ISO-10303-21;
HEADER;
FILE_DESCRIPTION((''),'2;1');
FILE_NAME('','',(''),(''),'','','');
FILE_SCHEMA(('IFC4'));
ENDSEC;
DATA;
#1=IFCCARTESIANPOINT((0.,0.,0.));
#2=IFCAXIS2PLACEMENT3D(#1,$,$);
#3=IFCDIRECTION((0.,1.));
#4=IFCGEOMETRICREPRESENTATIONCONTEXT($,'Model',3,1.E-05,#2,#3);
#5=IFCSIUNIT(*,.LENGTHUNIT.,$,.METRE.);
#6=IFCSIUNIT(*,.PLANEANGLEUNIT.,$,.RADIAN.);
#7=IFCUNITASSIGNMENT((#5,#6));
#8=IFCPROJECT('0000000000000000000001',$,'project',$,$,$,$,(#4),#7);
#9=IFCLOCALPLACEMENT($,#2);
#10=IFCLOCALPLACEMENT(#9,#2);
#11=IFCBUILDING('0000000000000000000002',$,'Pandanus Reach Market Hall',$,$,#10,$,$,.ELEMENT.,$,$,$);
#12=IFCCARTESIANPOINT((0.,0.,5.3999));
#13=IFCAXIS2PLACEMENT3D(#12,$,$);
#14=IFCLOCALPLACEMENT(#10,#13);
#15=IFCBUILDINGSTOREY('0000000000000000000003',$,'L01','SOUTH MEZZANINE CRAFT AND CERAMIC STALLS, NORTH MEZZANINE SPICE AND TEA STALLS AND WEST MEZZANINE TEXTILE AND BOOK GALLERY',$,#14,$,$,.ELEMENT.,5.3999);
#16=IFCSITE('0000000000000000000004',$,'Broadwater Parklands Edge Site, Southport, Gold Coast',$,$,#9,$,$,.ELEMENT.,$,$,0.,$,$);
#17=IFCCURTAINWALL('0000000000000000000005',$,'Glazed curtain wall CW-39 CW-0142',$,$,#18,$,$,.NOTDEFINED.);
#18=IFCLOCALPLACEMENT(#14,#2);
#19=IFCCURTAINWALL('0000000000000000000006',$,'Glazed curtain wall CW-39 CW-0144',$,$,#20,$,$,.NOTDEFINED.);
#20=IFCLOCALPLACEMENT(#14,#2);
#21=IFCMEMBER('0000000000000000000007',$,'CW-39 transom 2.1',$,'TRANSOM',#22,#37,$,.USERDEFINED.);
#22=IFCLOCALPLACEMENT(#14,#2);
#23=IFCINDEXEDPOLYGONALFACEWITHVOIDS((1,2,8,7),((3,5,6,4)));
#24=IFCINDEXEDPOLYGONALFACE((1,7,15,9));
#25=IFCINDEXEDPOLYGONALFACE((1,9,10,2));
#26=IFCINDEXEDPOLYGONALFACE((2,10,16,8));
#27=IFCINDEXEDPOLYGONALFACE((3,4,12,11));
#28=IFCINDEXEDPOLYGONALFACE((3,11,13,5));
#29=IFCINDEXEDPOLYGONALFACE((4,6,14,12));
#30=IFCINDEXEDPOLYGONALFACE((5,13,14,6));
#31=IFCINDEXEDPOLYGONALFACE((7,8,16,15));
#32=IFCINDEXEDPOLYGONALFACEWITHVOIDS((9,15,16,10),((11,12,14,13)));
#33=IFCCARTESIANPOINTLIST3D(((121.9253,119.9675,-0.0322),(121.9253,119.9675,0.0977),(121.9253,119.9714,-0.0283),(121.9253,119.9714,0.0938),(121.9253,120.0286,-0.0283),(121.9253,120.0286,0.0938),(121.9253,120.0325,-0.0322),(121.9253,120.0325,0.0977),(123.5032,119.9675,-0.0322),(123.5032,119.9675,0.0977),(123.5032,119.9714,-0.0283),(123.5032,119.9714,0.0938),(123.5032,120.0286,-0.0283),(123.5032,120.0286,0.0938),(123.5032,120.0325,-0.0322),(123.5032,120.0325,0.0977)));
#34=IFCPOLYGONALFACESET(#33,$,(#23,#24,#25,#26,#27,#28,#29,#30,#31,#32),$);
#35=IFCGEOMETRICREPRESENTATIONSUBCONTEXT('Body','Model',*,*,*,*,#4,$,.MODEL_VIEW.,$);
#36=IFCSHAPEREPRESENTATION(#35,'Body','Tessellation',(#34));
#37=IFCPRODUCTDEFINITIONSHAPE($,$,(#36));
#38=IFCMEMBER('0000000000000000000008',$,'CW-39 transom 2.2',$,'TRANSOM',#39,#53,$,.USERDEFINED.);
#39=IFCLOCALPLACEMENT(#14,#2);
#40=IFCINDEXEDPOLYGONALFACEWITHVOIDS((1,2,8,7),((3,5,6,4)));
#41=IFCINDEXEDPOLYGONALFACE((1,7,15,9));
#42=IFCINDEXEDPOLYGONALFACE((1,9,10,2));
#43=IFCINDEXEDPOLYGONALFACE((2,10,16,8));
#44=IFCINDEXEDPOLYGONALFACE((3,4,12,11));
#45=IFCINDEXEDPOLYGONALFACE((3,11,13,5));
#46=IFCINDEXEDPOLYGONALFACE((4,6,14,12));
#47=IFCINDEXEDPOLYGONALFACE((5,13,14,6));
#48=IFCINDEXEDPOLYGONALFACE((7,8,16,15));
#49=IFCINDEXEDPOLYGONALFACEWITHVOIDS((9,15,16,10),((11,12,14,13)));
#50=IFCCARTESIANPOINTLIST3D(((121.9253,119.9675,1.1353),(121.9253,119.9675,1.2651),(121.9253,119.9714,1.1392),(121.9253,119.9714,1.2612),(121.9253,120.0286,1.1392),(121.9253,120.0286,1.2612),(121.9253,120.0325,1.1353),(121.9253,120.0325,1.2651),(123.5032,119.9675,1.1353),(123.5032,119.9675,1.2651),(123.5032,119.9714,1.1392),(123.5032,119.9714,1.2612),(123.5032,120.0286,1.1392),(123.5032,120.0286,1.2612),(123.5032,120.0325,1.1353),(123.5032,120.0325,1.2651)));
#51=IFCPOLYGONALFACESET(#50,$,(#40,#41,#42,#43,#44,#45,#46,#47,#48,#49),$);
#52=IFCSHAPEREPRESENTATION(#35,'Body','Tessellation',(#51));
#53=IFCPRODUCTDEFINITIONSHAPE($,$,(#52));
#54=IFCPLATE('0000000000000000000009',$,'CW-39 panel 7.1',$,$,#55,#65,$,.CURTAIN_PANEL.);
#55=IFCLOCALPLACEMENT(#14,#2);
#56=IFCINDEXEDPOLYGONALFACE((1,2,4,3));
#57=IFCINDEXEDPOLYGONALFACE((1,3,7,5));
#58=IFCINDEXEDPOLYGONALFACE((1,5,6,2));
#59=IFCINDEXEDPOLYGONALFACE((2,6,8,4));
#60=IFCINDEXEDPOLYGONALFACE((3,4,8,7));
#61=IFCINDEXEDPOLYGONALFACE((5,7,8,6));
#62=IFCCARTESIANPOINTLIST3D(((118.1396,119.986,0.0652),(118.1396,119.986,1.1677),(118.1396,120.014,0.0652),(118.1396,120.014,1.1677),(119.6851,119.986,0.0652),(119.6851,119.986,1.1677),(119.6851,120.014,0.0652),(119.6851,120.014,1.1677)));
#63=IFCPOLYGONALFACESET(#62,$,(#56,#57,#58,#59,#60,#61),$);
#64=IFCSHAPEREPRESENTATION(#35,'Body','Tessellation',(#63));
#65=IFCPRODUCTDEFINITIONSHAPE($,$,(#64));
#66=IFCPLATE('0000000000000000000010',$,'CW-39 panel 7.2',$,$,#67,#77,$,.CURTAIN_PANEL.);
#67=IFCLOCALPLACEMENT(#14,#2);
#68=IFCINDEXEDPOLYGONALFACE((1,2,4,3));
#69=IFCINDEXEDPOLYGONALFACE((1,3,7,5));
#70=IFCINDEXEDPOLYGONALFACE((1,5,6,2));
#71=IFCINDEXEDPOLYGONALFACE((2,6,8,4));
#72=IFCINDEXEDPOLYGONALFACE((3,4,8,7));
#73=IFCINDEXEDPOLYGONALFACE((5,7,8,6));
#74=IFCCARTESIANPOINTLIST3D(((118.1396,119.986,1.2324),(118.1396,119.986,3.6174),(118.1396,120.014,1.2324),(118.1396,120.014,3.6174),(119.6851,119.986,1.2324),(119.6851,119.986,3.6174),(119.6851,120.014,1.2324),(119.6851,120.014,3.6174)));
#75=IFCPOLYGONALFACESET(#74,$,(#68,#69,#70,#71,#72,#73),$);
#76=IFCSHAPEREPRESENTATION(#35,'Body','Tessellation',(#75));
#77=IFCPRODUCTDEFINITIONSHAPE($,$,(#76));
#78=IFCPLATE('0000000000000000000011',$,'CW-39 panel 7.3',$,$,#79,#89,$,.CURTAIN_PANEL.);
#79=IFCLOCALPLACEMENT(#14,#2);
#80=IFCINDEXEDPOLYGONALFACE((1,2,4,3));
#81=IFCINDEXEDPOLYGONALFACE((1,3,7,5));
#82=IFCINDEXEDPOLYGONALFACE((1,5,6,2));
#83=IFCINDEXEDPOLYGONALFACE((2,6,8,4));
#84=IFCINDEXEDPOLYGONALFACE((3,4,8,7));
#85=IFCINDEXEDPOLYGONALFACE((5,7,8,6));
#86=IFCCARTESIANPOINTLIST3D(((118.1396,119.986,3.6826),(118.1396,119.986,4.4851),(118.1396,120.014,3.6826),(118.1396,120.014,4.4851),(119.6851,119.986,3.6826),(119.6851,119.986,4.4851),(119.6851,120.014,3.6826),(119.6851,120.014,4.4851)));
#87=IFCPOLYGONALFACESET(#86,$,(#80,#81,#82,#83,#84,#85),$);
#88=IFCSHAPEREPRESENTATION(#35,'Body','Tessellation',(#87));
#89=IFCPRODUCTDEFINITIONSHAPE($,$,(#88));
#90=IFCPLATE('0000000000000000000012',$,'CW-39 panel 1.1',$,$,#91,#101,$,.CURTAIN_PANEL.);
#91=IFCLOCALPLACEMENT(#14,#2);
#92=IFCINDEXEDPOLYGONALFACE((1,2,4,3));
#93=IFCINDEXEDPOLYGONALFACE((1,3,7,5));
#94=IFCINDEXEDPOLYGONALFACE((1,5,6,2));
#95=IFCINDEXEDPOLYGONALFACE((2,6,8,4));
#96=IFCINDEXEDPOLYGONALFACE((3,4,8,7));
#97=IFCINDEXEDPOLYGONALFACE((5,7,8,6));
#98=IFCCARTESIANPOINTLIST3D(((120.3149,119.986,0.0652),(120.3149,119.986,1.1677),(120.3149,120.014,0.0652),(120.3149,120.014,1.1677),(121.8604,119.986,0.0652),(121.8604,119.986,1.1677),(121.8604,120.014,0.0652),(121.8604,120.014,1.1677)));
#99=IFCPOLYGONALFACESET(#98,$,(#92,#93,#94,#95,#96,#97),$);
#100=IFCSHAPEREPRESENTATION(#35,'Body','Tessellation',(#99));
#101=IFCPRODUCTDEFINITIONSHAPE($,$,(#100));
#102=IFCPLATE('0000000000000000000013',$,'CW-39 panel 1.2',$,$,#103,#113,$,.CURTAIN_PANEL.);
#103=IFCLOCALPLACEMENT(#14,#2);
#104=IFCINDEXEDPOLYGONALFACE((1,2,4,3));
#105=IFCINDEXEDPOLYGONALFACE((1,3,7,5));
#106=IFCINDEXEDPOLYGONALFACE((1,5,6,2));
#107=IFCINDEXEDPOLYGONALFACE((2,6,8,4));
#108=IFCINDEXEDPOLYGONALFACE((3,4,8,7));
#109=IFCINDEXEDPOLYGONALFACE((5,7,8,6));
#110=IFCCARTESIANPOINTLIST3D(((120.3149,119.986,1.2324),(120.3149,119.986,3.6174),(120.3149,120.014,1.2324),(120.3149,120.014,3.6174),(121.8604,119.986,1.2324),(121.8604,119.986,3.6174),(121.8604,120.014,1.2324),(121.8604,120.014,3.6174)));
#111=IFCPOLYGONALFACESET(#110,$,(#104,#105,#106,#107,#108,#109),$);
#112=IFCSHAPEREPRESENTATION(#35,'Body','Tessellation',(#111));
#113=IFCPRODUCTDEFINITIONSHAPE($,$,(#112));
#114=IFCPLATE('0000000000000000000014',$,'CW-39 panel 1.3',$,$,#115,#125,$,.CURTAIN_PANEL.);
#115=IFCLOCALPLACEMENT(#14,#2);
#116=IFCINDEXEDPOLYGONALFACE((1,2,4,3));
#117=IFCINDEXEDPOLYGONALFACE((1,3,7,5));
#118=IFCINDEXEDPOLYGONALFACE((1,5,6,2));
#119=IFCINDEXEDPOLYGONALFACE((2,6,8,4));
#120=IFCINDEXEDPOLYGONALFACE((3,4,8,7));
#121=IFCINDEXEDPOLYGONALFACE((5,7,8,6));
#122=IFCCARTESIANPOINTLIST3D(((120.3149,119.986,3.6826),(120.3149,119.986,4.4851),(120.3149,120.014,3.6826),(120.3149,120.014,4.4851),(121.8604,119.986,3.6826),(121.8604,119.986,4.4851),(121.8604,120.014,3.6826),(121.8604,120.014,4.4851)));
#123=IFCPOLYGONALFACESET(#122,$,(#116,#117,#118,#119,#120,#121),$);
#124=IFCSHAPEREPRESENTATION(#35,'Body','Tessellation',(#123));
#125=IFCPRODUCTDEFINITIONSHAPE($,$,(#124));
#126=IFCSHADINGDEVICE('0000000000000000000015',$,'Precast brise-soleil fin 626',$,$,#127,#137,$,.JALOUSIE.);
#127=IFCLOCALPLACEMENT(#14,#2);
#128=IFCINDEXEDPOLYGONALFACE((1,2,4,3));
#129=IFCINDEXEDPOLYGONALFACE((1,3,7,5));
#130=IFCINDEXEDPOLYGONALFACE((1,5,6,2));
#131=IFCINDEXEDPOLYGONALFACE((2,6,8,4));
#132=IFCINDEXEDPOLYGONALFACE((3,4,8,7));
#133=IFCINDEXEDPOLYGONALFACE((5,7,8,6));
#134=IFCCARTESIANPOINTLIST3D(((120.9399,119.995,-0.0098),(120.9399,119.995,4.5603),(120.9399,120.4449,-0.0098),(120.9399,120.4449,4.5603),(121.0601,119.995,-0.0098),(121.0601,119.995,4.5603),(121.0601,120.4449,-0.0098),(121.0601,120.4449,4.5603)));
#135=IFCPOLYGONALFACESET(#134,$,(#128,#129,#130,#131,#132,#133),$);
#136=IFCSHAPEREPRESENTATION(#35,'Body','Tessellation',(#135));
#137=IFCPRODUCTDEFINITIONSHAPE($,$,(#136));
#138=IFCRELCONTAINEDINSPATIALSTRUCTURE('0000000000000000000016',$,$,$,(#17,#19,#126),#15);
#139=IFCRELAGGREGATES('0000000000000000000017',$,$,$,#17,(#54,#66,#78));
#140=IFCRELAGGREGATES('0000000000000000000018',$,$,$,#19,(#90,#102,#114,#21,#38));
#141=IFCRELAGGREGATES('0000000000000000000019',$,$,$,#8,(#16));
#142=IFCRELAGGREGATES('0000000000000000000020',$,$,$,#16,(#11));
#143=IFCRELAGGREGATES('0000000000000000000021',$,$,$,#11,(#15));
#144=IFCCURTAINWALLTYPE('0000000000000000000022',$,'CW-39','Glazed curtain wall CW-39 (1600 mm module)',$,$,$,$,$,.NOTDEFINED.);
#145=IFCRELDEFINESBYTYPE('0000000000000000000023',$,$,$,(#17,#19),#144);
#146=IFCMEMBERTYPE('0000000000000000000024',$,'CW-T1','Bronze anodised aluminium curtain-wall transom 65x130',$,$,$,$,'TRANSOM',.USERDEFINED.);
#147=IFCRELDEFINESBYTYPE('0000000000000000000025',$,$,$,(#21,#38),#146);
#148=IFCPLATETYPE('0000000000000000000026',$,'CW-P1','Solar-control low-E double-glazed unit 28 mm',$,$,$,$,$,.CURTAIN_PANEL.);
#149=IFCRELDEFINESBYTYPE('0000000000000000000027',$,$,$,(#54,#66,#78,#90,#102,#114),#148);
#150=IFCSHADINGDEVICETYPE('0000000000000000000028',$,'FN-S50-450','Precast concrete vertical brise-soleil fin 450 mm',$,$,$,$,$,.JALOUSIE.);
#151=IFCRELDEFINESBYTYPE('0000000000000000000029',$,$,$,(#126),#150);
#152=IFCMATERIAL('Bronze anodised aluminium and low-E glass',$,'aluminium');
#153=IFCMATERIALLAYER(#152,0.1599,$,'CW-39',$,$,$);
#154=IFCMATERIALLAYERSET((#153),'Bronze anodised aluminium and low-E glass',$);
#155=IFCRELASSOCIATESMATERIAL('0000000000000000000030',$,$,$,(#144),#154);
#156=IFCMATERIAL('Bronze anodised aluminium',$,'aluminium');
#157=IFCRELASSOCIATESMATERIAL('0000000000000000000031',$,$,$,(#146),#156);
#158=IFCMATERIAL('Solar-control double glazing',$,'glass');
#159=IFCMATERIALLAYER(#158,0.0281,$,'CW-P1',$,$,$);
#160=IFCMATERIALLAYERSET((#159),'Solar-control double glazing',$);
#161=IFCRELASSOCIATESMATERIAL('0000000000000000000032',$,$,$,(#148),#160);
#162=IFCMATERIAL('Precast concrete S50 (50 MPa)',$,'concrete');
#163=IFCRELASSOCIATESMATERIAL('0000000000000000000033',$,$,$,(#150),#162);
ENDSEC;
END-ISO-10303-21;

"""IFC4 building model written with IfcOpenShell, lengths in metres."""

from ifc_helpers import new_model, si_unit, direction, frame, origin, origin_2d, place, context, subcontext, project, spatial, rectangle, hollow_rectangle, extrude, material, layer, layer_set, material_profile, profile_set, type_object, element, aggregate, save


model = new_model("IFC4")

# Units and contexts
model_context = context("Model", 3, precision=1e-05, world=origin(), true_north=direction((0.0, 1.0)))
body_context = subcontext(model_context, "Body", "Model", "MODEL_VIEW")
ifc_project = project(units=[si_unit("LENGTHUNIT", "METRE"), si_unit("PLANEANGLEUNIT", "RADIAN")], contexts=[model_context])

# Site, building, storey
site_placement = place(None, origin())
site = spatial("IfcSite", under=ifc_project, at=site_placement, Name="Broadwater Parklands Edge Site, Southport, Gold Coast", CompositionType="ELEMENT", RefElevation=0.0)
building_placement = place(site_placement, origin())
building = spatial("IfcBuilding", under=site, at=building_placement, Name="Pandanus Reach Market Hall", CompositionType="ELEMENT")
storey_placement = place(building_placement, frame((0.0, 0.0, 5.3999)))
storey = spatial("IfcBuildingStorey", under=building, at=storey_placement, Name="L01", Description="SOUTH MEZZANINE CRAFT AND CERAMIC STALLS, NORTH MEZZANINE SPICE AND TEA STALLS AND WEST MEZZANINE TEXTILE AND BOOK GALLERY", CompositionType="ELEMENT", Elevation=5.3999)

# Curtain wall
ifc_material_1 = material(Name="Bronze anodised aluminium and low-E glass", Category="aluminium")
ifc_layer_1 = layer(ifc_material_1, 0.1599, Name="CW-39")
ifc_layer_set_1 = layer_set([ifc_layer_1], Name="Bronze anodised aluminium and low-E glass")
curtain_wall_type = type_object("IfcCurtainWallType", Name="CW-39", Description="Glazed curtain wall CW-39 (1600 mm module)", PredefinedType="NOTDEFINED", material=ifc_layer_set_1)
curtain_wall_1_placement = place(storey_placement, origin())
curtain_wall_1 = element("IfcCurtainWall", 1, at=curtain_wall_1_placement, inside=storey, type_object=curtain_wall_type, Name="Glazed curtain wall CW-39 CW-0142", PredefinedType="NOTDEFINED")
ifc_material_2 = material(Name="Bronze anodised aluminium", Category="aluminium")

# Curtain wall
curtain_wall_2_placement = place(storey_placement, origin())
curtain_wall_2 = element("IfcCurtainWall", 2, at=curtain_wall_2_placement, inside=storey, type_object=curtain_wall_type, Name="Glazed curtain wall CW-39 CW-0144", PredefinedType="NOTDEFINED")

# Members
ifc_material_profile_1 = material_profile(ifc_material_2, hollow_rectangle(XDim=0.0649, YDim=0.1299, WallThickness=0.0039, at=origin_2d()), Name="ALU65x130", Category="LoadBearing")
ifc_profile_set_1 = profile_set([ifc_material_profile_1], Name="Bronze anodised aluminium")
member_type_1 = type_object("IfcMemberType", Name="CW-T1", Description="Bronze anodised aluminium curtain-wall transom 65x130", ElementType="TRANSOM", PredefinedType="USERDEFINED", material=ifc_profile_set_1)
member_1_placement = place(storey_placement, frame((121.9253, 120.0, 0.0327), z_axis=(1.0, 0.0, 0.0), x_axis=(0.0, 1.0, 0.0)))
member_1 = element("IfcMember", 3, at=member_1_placement, type_object=member_type_1, Name="CW-39 transom 2.1", ObjectType="TRANSOM", PredefinedType="USERDEFINED", context=body_context, shape_type="SweptSolid", body=[
    extrude(hollow_rectangle(XDim=0.0649, YDim=0.1299, WallThickness=0.0039, at=origin_2d()), origin(), (0.0, 0.0, 1.0), 1.5779),
])
member_2_placement = place(storey_placement, frame((121.9253, 120.0, 1.2002), z_axis=(1.0, 0.0, 0.0), x_axis=(0.0, 1.0, 0.0)))
member_2 = element("IfcMember", 4, at=member_2_placement, type_object=member_type_1, Name="CW-39 transom 2.2", ObjectType="TRANSOM", PredefinedType="USERDEFINED", context=body_context, shape_type="SweptSolid", body=[
    extrude(hollow_rectangle(XDim=0.0649, YDim=0.1299, WallThickness=0.0039, at=origin_2d()), origin(), (0.0, 0.0, 1.0), 1.5779),
])

# Plates
ifc_material_3 = material(Name="Solar-control double glazing", Category="glass")
ifc_layer_2 = layer(ifc_material_3, 0.0281, Name="CW-P1")
ifc_layer_set_2 = layer_set([ifc_layer_2], Name="Solar-control double glazing")
plate_type = type_object("IfcPlateType", Name="CW-P1", Description="Solar-control low-E double-glazed unit 28 mm", PredefinedType="CURTAIN_PANEL", material=ifc_layer_set_2)
plate_1_placement = place(storey_placement, frame((118.9124, 120.0, 0.0652), z_axis=(0.0, 0.0, 1.0), x_axis=(1.0, 0.0, 0.0)))
plate_1 = element("IfcPlate", 5, at=plate_1_placement, type_object=plate_type, Name="CW-39 panel 7.1", PredefinedType="CURTAIN_PANEL", context=body_context, shape_type="SweptSolid", body=[
    extrude(rectangle(XDim=1.5454, YDim=0.0281, at=origin_2d()), origin(), (0.0, 0.0, 1.0), 1.1025),
])
plate_2_placement = place(storey_placement, frame((118.9124, 120.0, 1.2324), z_axis=(0.0, 0.0, 1.0), x_axis=(1.0, 0.0, 0.0)))
plate_2 = element("IfcPlate", 6, at=plate_2_placement, type_object=plate_type, Name="CW-39 panel 7.2", PredefinedType="CURTAIN_PANEL", context=body_context, shape_type="SweptSolid", body=[
    extrude(rectangle(XDim=1.5454, YDim=0.0281, at=origin_2d()), origin(), (0.0, 0.0, 1.0), 2.385),
])
plate_3_placement = place(storey_placement, frame((118.9124, 120.0, 3.6826), z_axis=(0.0, 0.0, 1.0), x_axis=(1.0, 0.0, 0.0)))
plate_3 = element("IfcPlate", 7, at=plate_3_placement, type_object=plate_type, Name="CW-39 panel 7.3", PredefinedType="CURTAIN_PANEL", context=body_context, shape_type="SweptSolid", body=[
    extrude(rectangle(XDim=1.5454, YDim=0.0281, at=origin_2d()), origin(), (0.0, 0.0, 1.0), 0.8025),
])
aggregate(curtain_wall_1, [plate_1, plate_2, plate_3])
plate_4_placement = place(storey_placement, frame((121.0876, 120.0, 0.0652), z_axis=(0.0, 0.0, 1.0), x_axis=(1.0, 0.0, 0.0)))
plate_4 = element("IfcPlate", 8, at=plate_4_placement, type_object=plate_type, Name="CW-39 panel 1.1", PredefinedType="CURTAIN_PANEL", context=body_context, shape_type="SweptSolid", body=[
    extrude(rectangle(XDim=1.5454, YDim=0.0281, at=origin_2d()), origin(), (0.0, 0.0, 1.0), 1.1025),
])
plate_5_placement = place(storey_placement, frame((121.0876, 120.0, 1.2324), z_axis=(0.0, 0.0, 1.0), x_axis=(1.0, 0.0, 0.0)))
plate_5 = element("IfcPlate", 9, at=plate_5_placement, type_object=plate_type, Name="CW-39 panel 1.2", PredefinedType="CURTAIN_PANEL", context=body_context, shape_type="SweptSolid", body=[
    extrude(rectangle(XDim=1.5454, YDim=0.0281, at=origin_2d()), origin(), (0.0, 0.0, 1.0), 2.385),
])
plate_6_placement = place(storey_placement, frame((121.0876, 120.0, 3.6826), z_axis=(0.0, 0.0, 1.0), x_axis=(1.0, 0.0, 0.0)))
plate_6 = element("IfcPlate", 10, at=plate_6_placement, type_object=plate_type, Name="CW-39 panel 1.3", PredefinedType="CURTAIN_PANEL", context=body_context, shape_type="SweptSolid", body=[
    extrude(rectangle(XDim=1.5454, YDim=0.0281, at=origin_2d()), origin(), (0.0, 0.0, 1.0), 0.8025),
])
aggregate(curtain_wall_2, [plate_4, plate_5, plate_6, member_1, member_2])

# Shading device
ifc_material_4 = material(Name="Precast concrete S50 (50 MPa)", Category="concrete")
shading_device_type = type_object("IfcShadingDeviceType", Name="FN-S50-450", Description="Precast concrete vertical brise-soleil fin 450 mm", PredefinedType="JALOUSIE", material=ifc_material_4)
shading_device_placement = place(storey_placement, frame((121.0, 120.22, -0.0098), z_axis=(0.0, 0.0, 1.0), x_axis=(0.0, 1.0, 0.0)))
element("IfcShadingDevice", 11, at=shading_device_placement, inside=storey, type_object=shading_device_type, Name="Precast brise-soleil fin 626", PredefinedType="JALOUSIE", context=body_context, shape_type="SweptSolid", body=[
    extrude(rectangle(XDim=0.45, YDim=0.1201, at=origin_2d()), origin(), (0.0, 0.0, 1.0), 4.5701),
])

save(model, "model.ifc")
